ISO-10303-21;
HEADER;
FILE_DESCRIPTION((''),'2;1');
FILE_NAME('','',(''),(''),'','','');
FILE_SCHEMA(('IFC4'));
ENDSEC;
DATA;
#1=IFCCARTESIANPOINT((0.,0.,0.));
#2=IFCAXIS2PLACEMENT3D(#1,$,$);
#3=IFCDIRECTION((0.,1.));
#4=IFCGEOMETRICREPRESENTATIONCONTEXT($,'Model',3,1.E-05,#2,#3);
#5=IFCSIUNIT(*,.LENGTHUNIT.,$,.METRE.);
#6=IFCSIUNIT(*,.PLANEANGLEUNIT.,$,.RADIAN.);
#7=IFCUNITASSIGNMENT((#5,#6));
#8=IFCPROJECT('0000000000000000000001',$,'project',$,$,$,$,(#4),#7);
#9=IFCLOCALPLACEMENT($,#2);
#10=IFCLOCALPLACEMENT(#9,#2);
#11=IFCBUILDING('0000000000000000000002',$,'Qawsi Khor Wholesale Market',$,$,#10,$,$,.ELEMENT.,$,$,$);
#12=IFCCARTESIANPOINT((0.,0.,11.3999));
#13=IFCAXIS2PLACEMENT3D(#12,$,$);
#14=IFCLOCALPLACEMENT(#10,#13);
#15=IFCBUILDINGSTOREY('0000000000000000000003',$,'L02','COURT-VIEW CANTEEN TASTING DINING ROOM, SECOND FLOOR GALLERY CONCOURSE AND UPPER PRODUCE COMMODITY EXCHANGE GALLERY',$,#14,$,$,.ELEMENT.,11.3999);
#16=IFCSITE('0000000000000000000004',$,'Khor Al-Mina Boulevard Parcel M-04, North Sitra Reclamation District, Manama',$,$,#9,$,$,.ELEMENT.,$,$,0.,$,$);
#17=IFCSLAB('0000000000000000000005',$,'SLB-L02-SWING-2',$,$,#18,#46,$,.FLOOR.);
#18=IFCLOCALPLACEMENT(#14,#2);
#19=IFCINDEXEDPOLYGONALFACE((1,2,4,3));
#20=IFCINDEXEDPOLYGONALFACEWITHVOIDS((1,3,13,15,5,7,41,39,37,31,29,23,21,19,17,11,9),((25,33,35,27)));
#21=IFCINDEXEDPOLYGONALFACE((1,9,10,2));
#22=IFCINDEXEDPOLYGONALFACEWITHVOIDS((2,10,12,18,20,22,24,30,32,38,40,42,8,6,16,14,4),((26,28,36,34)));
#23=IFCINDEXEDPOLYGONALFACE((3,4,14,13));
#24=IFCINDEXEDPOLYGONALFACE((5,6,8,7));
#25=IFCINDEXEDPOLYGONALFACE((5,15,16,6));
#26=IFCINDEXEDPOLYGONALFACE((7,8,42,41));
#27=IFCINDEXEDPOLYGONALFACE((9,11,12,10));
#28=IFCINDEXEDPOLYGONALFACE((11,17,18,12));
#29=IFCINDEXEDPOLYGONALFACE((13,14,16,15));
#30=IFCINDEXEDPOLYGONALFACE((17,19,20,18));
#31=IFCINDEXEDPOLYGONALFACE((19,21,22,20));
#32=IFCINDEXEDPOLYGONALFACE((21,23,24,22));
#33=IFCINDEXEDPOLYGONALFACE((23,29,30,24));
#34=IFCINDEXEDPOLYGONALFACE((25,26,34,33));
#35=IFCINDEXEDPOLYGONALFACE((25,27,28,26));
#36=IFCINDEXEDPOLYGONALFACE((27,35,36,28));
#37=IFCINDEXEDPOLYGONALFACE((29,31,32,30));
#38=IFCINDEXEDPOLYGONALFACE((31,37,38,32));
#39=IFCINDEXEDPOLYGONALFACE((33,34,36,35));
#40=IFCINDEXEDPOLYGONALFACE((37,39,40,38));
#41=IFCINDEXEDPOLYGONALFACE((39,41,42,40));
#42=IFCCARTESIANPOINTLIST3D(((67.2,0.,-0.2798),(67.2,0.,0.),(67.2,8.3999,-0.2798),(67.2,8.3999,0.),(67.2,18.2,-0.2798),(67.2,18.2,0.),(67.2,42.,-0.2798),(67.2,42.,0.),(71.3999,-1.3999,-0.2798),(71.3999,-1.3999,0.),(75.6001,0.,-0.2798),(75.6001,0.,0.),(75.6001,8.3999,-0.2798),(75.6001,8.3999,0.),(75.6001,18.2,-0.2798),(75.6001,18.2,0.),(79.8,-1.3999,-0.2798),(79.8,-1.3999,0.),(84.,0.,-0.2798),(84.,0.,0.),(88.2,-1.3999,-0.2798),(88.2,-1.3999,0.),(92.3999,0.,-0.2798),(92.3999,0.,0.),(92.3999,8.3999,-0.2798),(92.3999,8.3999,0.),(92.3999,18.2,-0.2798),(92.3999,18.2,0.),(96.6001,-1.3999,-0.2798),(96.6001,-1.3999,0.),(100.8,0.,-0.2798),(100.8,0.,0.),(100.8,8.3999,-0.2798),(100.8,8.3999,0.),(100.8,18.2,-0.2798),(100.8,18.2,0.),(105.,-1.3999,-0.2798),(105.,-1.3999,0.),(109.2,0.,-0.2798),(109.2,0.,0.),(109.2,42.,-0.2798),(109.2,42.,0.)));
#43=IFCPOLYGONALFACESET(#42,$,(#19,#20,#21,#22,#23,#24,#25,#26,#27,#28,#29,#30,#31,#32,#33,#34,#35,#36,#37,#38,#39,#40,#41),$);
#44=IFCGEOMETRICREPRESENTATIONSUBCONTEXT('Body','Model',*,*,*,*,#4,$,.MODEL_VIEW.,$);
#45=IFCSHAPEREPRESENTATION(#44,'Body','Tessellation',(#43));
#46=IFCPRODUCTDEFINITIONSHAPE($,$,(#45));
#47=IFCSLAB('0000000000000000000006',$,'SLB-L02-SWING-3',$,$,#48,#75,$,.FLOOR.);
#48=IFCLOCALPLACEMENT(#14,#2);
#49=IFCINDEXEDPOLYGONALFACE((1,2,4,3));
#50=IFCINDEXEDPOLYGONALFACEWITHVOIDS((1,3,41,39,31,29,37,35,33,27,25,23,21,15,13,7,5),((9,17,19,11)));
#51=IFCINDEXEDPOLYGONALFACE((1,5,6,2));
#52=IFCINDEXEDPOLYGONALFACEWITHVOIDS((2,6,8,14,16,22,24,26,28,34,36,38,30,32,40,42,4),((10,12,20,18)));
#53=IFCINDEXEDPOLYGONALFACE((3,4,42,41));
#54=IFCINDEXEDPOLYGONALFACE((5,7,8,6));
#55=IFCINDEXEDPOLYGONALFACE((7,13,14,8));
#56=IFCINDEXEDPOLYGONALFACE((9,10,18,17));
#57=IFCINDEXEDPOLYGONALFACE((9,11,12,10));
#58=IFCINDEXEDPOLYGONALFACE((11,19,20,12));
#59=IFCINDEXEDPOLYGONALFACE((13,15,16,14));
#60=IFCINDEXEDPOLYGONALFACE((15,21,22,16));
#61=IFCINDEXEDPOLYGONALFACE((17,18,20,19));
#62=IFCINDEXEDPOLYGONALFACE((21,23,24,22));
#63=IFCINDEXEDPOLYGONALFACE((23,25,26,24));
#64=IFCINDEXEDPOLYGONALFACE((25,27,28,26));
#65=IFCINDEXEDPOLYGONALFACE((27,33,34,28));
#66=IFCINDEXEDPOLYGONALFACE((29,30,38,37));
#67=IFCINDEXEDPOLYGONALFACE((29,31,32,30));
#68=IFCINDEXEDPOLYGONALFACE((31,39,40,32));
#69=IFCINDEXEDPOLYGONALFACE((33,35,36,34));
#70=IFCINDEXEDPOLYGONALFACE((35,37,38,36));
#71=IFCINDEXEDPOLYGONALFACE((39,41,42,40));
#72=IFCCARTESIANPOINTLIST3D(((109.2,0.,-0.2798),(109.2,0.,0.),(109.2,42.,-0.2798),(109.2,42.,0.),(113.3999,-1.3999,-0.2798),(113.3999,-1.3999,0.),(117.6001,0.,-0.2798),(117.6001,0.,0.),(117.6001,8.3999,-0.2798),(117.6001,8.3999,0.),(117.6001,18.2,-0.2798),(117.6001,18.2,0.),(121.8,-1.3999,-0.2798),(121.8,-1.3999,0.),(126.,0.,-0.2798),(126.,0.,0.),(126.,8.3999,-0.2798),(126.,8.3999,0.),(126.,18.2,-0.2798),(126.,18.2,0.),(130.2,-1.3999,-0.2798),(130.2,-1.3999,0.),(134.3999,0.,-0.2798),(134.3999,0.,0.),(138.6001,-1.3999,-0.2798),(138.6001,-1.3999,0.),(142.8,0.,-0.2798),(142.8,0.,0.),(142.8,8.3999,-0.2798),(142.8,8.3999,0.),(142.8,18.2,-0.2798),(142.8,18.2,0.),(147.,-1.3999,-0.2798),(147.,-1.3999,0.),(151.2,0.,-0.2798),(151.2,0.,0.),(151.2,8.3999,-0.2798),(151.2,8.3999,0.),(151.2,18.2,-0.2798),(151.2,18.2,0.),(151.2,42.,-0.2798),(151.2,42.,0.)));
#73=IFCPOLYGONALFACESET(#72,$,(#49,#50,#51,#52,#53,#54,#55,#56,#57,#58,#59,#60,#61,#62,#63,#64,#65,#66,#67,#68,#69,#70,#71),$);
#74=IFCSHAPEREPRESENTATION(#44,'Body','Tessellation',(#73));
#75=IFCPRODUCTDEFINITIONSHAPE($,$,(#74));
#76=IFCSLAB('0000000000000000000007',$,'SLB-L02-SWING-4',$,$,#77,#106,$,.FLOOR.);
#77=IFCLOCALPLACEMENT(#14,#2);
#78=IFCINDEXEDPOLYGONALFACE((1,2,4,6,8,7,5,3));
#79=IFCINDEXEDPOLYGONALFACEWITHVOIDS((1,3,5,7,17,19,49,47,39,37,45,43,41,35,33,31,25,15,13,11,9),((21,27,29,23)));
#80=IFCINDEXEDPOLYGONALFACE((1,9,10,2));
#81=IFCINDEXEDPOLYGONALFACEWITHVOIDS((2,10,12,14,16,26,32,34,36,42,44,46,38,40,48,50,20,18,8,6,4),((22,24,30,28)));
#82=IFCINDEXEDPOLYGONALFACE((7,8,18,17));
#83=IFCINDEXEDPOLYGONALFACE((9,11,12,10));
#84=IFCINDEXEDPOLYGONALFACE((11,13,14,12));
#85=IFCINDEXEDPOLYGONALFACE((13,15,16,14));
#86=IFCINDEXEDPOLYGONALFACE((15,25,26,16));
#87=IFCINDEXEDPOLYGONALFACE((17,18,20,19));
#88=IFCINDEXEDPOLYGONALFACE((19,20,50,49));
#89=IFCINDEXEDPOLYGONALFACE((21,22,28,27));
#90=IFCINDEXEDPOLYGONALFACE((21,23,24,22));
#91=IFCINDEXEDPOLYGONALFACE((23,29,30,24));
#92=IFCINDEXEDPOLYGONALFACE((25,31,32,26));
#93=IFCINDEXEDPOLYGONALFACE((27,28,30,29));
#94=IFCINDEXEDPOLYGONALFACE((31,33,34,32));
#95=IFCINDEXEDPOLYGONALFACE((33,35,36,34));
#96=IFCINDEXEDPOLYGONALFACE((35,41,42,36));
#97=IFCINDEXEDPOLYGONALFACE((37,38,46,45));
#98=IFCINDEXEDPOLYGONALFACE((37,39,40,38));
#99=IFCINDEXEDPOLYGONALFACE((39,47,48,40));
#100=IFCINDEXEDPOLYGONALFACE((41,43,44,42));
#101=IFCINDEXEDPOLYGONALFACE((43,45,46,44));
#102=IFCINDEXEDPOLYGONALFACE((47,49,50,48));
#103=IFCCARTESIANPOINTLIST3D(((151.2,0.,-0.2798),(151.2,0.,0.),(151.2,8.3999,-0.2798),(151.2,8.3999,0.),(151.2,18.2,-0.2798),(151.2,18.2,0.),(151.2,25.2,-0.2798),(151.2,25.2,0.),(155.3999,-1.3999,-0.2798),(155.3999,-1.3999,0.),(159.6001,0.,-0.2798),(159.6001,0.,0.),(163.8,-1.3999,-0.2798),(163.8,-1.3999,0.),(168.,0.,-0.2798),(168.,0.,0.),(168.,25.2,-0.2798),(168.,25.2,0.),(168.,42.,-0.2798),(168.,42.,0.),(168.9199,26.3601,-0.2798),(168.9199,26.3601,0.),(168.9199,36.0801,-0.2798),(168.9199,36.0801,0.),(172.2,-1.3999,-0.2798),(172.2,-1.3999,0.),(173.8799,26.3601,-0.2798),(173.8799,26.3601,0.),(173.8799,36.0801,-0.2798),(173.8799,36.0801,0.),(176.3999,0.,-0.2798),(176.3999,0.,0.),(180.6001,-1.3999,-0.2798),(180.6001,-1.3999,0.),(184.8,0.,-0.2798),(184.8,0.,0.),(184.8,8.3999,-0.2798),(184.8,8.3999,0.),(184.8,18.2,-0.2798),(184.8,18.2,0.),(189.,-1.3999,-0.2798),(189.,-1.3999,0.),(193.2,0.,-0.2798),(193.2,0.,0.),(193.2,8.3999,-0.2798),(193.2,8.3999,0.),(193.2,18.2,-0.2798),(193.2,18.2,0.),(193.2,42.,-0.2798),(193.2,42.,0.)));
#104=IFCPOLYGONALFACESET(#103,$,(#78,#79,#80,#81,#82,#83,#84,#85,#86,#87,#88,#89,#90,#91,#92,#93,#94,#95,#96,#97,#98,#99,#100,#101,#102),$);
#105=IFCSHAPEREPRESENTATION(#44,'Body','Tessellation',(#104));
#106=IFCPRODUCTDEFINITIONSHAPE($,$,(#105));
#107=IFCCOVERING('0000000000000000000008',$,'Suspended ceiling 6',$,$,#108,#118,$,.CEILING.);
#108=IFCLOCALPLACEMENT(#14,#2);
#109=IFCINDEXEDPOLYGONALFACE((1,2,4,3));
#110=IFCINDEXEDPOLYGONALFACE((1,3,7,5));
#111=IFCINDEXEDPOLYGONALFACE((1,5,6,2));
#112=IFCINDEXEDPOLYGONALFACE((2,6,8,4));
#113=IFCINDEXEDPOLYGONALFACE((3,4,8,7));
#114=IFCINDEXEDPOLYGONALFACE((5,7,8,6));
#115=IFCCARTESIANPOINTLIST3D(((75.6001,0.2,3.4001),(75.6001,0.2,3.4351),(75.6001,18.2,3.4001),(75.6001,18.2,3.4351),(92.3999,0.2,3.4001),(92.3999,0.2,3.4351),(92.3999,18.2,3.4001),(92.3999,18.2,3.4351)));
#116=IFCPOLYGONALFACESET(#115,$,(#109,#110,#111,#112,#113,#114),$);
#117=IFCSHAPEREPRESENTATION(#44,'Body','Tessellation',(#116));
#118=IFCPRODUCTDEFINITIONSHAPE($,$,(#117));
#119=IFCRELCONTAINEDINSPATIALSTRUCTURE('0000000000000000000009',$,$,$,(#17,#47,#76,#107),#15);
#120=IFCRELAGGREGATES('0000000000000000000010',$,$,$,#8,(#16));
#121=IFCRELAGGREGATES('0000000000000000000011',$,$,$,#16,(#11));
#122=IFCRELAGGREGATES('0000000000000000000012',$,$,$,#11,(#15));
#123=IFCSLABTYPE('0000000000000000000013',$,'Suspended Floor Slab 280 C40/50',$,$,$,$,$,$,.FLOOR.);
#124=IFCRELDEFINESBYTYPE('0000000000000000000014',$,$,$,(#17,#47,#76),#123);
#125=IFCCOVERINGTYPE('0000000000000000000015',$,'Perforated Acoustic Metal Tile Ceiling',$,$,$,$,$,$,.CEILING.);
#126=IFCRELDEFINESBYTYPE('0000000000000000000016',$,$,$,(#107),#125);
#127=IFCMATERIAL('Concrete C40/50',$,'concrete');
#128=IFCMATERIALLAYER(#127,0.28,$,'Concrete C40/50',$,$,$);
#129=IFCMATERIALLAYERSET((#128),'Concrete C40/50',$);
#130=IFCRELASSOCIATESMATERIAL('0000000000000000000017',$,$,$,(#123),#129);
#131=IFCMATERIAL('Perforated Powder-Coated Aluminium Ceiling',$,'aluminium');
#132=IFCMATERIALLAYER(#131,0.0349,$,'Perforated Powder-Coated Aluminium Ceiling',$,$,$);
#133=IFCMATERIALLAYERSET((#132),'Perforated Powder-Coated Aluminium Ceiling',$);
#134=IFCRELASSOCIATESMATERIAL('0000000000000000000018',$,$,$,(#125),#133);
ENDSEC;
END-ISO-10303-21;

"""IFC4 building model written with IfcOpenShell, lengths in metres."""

from ifc_helpers import new_model, si_unit, direction, frame, origin, place, context, subcontext, project, spatial, polyline, outline, extrude, material, layer, layer_set, type_object, element, save


model = new_model("IFC4")

# Units and contexts
model_context = context("Model", 3, precision=1e-05, world=origin(), true_north=direction((0.0, 1.0)))
body_context = subcontext(model_context, "Body", "Model", "MODEL_VIEW")
ifc_project = project(units=[si_unit("LENGTHUNIT", "METRE"), si_unit("PLANEANGLEUNIT", "RADIAN")], contexts=[model_context])

# Site, building, storey
site_placement = place(None, origin())
site = spatial("IfcSite", under=ifc_project, at=site_placement, Name="Khor Al-Mina Boulevard Parcel M-04, North Sitra Reclamation District, Manama", CompositionType="ELEMENT", RefElevation=0.0)
building_placement = place(site_placement, origin())
building = spatial("IfcBuilding", under=site, at=building_placement, Name="Qawsi Khor Wholesale Market", CompositionType="ELEMENT")
storey_placement = place(building_placement, frame((0.0, 0.0, 11.3999)))
storey = spatial("IfcBuildingStorey", under=building, at=storey_placement, Name="L02", Description="COURT-VIEW CANTEEN TASTING DINING ROOM, SECOND FLOOR GALLERY CONCOURSE AND UPPER PRODUCE COMMODITY EXCHANGE GALLERY", CompositionType="ELEMENT", Elevation=11.3999)

# Shared definitions
ifc_material_1 = material(Name="Concrete C40/50", Category="concrete")

# Slabs
ifc_layer_1 = layer(ifc_material_1, 0.28, Name="Concrete C40/50")
ifc_layer_set_1 = layer_set([ifc_layer_1], Name="Concrete C40/50")
slab_type_1 = type_object("IfcSlabType", Name="Suspended Floor Slab 280 C40/50", PredefinedType="FLOOR", material=ifc_layer_set_1)
slab_1_placement = place(storey_placement, frame((0.0, 0.0, -0.2798)))
element("IfcSlab", 1, at=slab_1_placement, inside=storey, type_object=slab_type_1, Name="SLB-L02-SWING-2", PredefinedType="FLOOR", context=body_context, shape_type="SweptSolid", body=[
    extrude(outline(polyline([(67.2, 8.3999), (75.6001, 8.3999), (75.6001, 18.2), (67.2, 18.2), (67.2, 42.0), (109.2, 42.0), (109.2, 0.0), (105.0, -1.3999), (100.8, 0.0), (96.6001, -1.3999), (92.3999, 0.0), (88.2, -1.3999), (84.0, 0.0), (79.8, -1.3999), (75.6001, 0.0), (71.3999, -1.3999), (67.2, 0.0), (67.2, 8.3999)]), holes=[polyline([(100.8, 18.2), (92.3999, 18.2), (92.3999, 8.3999), (100.8, 8.3999), (100.8, 18.2)])]), origin(), (0.0, 0.0, 1.0), 0.2798),
])
slab_2_placement = place(storey_placement, frame((0.0, 0.0, -0.2798)))
element("IfcSlab", 2, at=slab_2_placement, inside=storey, type_object=slab_type_1, Name="SLB-L02-SWING-3", PredefinedType="FLOOR", context=body_context, shape_type="SweptSolid", body=[
    extrude(outline(polyline([(109.2, 42.0), (151.2, 42.0), (151.2, 18.2), (142.8, 18.2), (142.8, 8.3999), (151.2, 8.3999), (151.2, 0.0), (147.0, -1.3999), (142.8, 0.0), (138.6001, -1.3999), (134.3999, 0.0), (130.2, -1.3999), (126.0, 0.0), (121.8, -1.3999), (117.6001, 0.0), (113.3999, -1.3999), (109.2, 0.0), (109.2, 42.0)]), holes=[polyline([(126.0, 18.2), (117.6001, 18.2), (117.6001, 8.3999), (126.0, 8.3999), (126.0, 18.2)])]), origin(), (0.0, 0.0, 1.0), 0.2798),
])
slab_3_placement = place(storey_placement, frame((0.0, 0.0, -0.2798)))
element("IfcSlab", 3, at=slab_3_placement, inside=storey, type_object=slab_type_1, Name="SLB-L02-SWING-4", PredefinedType="FLOOR", context=body_context, shape_type="SweptSolid", body=[
    extrude(outline(polyline([(151.2, 8.3999), (151.2, 18.2), (151.2, 25.2), (168.0, 25.2), (168.0, 42.0), (193.2, 42.0), (193.2, 18.2), (184.8, 18.2), (184.8, 8.3999), (193.2, 8.3999), (193.2, 0.0), (189.0, -1.3999), (184.8, 0.0), (180.6001, -1.3999), (176.3999, 0.0), (172.2, -1.3999), (168.0, 0.0), (163.8, -1.3999), (159.6001, 0.0), (155.3999, -1.3999), (151.2, 0.0), (151.2, 8.3999)]), holes=[polyline([(173.8799, 26.3601), (173.8799, 36.0801), (168.9199, 36.0801), (168.9199, 26.3601), (173.8799, 26.3601)])]), origin(), (0.0, 0.0, 1.0), 0.2798),
])

# Covering
ifc_material_2 = material(Name="Perforated Powder-Coated Aluminium Ceiling", Category="aluminium")
ifc_layer_2 = layer(ifc_material_2, 0.0349, Name="Perforated Powder-Coated Aluminium Ceiling")
ifc_layer_set_2 = layer_set([ifc_layer_2], Name="Perforated Powder-Coated Aluminium Ceiling")
covering_type = type_object("IfcCoveringType", Name="Perforated Acoustic Metal Tile Ceiling", PredefinedType="CEILING", material=ifc_layer_set_2)
covering_placement = place(storey_placement, frame((0.0, 0.0, 3.4001)))
element("IfcCovering", 4, at=covering_placement, inside=storey, type_object=covering_type, Name="Suspended ceiling 6", PredefinedType="CEILING", context=body_context, shape_type="SweptSolid", body=[
    extrude(outline(polyline([(75.6001, 0.2), (92.3999, 0.2), (92.3999, 18.2), (75.6001, 18.2), (75.6001, 0.2)])), origin(), (0.0, 0.0, 1.0), 0.0349),
])

save(model, "model.ifc")
